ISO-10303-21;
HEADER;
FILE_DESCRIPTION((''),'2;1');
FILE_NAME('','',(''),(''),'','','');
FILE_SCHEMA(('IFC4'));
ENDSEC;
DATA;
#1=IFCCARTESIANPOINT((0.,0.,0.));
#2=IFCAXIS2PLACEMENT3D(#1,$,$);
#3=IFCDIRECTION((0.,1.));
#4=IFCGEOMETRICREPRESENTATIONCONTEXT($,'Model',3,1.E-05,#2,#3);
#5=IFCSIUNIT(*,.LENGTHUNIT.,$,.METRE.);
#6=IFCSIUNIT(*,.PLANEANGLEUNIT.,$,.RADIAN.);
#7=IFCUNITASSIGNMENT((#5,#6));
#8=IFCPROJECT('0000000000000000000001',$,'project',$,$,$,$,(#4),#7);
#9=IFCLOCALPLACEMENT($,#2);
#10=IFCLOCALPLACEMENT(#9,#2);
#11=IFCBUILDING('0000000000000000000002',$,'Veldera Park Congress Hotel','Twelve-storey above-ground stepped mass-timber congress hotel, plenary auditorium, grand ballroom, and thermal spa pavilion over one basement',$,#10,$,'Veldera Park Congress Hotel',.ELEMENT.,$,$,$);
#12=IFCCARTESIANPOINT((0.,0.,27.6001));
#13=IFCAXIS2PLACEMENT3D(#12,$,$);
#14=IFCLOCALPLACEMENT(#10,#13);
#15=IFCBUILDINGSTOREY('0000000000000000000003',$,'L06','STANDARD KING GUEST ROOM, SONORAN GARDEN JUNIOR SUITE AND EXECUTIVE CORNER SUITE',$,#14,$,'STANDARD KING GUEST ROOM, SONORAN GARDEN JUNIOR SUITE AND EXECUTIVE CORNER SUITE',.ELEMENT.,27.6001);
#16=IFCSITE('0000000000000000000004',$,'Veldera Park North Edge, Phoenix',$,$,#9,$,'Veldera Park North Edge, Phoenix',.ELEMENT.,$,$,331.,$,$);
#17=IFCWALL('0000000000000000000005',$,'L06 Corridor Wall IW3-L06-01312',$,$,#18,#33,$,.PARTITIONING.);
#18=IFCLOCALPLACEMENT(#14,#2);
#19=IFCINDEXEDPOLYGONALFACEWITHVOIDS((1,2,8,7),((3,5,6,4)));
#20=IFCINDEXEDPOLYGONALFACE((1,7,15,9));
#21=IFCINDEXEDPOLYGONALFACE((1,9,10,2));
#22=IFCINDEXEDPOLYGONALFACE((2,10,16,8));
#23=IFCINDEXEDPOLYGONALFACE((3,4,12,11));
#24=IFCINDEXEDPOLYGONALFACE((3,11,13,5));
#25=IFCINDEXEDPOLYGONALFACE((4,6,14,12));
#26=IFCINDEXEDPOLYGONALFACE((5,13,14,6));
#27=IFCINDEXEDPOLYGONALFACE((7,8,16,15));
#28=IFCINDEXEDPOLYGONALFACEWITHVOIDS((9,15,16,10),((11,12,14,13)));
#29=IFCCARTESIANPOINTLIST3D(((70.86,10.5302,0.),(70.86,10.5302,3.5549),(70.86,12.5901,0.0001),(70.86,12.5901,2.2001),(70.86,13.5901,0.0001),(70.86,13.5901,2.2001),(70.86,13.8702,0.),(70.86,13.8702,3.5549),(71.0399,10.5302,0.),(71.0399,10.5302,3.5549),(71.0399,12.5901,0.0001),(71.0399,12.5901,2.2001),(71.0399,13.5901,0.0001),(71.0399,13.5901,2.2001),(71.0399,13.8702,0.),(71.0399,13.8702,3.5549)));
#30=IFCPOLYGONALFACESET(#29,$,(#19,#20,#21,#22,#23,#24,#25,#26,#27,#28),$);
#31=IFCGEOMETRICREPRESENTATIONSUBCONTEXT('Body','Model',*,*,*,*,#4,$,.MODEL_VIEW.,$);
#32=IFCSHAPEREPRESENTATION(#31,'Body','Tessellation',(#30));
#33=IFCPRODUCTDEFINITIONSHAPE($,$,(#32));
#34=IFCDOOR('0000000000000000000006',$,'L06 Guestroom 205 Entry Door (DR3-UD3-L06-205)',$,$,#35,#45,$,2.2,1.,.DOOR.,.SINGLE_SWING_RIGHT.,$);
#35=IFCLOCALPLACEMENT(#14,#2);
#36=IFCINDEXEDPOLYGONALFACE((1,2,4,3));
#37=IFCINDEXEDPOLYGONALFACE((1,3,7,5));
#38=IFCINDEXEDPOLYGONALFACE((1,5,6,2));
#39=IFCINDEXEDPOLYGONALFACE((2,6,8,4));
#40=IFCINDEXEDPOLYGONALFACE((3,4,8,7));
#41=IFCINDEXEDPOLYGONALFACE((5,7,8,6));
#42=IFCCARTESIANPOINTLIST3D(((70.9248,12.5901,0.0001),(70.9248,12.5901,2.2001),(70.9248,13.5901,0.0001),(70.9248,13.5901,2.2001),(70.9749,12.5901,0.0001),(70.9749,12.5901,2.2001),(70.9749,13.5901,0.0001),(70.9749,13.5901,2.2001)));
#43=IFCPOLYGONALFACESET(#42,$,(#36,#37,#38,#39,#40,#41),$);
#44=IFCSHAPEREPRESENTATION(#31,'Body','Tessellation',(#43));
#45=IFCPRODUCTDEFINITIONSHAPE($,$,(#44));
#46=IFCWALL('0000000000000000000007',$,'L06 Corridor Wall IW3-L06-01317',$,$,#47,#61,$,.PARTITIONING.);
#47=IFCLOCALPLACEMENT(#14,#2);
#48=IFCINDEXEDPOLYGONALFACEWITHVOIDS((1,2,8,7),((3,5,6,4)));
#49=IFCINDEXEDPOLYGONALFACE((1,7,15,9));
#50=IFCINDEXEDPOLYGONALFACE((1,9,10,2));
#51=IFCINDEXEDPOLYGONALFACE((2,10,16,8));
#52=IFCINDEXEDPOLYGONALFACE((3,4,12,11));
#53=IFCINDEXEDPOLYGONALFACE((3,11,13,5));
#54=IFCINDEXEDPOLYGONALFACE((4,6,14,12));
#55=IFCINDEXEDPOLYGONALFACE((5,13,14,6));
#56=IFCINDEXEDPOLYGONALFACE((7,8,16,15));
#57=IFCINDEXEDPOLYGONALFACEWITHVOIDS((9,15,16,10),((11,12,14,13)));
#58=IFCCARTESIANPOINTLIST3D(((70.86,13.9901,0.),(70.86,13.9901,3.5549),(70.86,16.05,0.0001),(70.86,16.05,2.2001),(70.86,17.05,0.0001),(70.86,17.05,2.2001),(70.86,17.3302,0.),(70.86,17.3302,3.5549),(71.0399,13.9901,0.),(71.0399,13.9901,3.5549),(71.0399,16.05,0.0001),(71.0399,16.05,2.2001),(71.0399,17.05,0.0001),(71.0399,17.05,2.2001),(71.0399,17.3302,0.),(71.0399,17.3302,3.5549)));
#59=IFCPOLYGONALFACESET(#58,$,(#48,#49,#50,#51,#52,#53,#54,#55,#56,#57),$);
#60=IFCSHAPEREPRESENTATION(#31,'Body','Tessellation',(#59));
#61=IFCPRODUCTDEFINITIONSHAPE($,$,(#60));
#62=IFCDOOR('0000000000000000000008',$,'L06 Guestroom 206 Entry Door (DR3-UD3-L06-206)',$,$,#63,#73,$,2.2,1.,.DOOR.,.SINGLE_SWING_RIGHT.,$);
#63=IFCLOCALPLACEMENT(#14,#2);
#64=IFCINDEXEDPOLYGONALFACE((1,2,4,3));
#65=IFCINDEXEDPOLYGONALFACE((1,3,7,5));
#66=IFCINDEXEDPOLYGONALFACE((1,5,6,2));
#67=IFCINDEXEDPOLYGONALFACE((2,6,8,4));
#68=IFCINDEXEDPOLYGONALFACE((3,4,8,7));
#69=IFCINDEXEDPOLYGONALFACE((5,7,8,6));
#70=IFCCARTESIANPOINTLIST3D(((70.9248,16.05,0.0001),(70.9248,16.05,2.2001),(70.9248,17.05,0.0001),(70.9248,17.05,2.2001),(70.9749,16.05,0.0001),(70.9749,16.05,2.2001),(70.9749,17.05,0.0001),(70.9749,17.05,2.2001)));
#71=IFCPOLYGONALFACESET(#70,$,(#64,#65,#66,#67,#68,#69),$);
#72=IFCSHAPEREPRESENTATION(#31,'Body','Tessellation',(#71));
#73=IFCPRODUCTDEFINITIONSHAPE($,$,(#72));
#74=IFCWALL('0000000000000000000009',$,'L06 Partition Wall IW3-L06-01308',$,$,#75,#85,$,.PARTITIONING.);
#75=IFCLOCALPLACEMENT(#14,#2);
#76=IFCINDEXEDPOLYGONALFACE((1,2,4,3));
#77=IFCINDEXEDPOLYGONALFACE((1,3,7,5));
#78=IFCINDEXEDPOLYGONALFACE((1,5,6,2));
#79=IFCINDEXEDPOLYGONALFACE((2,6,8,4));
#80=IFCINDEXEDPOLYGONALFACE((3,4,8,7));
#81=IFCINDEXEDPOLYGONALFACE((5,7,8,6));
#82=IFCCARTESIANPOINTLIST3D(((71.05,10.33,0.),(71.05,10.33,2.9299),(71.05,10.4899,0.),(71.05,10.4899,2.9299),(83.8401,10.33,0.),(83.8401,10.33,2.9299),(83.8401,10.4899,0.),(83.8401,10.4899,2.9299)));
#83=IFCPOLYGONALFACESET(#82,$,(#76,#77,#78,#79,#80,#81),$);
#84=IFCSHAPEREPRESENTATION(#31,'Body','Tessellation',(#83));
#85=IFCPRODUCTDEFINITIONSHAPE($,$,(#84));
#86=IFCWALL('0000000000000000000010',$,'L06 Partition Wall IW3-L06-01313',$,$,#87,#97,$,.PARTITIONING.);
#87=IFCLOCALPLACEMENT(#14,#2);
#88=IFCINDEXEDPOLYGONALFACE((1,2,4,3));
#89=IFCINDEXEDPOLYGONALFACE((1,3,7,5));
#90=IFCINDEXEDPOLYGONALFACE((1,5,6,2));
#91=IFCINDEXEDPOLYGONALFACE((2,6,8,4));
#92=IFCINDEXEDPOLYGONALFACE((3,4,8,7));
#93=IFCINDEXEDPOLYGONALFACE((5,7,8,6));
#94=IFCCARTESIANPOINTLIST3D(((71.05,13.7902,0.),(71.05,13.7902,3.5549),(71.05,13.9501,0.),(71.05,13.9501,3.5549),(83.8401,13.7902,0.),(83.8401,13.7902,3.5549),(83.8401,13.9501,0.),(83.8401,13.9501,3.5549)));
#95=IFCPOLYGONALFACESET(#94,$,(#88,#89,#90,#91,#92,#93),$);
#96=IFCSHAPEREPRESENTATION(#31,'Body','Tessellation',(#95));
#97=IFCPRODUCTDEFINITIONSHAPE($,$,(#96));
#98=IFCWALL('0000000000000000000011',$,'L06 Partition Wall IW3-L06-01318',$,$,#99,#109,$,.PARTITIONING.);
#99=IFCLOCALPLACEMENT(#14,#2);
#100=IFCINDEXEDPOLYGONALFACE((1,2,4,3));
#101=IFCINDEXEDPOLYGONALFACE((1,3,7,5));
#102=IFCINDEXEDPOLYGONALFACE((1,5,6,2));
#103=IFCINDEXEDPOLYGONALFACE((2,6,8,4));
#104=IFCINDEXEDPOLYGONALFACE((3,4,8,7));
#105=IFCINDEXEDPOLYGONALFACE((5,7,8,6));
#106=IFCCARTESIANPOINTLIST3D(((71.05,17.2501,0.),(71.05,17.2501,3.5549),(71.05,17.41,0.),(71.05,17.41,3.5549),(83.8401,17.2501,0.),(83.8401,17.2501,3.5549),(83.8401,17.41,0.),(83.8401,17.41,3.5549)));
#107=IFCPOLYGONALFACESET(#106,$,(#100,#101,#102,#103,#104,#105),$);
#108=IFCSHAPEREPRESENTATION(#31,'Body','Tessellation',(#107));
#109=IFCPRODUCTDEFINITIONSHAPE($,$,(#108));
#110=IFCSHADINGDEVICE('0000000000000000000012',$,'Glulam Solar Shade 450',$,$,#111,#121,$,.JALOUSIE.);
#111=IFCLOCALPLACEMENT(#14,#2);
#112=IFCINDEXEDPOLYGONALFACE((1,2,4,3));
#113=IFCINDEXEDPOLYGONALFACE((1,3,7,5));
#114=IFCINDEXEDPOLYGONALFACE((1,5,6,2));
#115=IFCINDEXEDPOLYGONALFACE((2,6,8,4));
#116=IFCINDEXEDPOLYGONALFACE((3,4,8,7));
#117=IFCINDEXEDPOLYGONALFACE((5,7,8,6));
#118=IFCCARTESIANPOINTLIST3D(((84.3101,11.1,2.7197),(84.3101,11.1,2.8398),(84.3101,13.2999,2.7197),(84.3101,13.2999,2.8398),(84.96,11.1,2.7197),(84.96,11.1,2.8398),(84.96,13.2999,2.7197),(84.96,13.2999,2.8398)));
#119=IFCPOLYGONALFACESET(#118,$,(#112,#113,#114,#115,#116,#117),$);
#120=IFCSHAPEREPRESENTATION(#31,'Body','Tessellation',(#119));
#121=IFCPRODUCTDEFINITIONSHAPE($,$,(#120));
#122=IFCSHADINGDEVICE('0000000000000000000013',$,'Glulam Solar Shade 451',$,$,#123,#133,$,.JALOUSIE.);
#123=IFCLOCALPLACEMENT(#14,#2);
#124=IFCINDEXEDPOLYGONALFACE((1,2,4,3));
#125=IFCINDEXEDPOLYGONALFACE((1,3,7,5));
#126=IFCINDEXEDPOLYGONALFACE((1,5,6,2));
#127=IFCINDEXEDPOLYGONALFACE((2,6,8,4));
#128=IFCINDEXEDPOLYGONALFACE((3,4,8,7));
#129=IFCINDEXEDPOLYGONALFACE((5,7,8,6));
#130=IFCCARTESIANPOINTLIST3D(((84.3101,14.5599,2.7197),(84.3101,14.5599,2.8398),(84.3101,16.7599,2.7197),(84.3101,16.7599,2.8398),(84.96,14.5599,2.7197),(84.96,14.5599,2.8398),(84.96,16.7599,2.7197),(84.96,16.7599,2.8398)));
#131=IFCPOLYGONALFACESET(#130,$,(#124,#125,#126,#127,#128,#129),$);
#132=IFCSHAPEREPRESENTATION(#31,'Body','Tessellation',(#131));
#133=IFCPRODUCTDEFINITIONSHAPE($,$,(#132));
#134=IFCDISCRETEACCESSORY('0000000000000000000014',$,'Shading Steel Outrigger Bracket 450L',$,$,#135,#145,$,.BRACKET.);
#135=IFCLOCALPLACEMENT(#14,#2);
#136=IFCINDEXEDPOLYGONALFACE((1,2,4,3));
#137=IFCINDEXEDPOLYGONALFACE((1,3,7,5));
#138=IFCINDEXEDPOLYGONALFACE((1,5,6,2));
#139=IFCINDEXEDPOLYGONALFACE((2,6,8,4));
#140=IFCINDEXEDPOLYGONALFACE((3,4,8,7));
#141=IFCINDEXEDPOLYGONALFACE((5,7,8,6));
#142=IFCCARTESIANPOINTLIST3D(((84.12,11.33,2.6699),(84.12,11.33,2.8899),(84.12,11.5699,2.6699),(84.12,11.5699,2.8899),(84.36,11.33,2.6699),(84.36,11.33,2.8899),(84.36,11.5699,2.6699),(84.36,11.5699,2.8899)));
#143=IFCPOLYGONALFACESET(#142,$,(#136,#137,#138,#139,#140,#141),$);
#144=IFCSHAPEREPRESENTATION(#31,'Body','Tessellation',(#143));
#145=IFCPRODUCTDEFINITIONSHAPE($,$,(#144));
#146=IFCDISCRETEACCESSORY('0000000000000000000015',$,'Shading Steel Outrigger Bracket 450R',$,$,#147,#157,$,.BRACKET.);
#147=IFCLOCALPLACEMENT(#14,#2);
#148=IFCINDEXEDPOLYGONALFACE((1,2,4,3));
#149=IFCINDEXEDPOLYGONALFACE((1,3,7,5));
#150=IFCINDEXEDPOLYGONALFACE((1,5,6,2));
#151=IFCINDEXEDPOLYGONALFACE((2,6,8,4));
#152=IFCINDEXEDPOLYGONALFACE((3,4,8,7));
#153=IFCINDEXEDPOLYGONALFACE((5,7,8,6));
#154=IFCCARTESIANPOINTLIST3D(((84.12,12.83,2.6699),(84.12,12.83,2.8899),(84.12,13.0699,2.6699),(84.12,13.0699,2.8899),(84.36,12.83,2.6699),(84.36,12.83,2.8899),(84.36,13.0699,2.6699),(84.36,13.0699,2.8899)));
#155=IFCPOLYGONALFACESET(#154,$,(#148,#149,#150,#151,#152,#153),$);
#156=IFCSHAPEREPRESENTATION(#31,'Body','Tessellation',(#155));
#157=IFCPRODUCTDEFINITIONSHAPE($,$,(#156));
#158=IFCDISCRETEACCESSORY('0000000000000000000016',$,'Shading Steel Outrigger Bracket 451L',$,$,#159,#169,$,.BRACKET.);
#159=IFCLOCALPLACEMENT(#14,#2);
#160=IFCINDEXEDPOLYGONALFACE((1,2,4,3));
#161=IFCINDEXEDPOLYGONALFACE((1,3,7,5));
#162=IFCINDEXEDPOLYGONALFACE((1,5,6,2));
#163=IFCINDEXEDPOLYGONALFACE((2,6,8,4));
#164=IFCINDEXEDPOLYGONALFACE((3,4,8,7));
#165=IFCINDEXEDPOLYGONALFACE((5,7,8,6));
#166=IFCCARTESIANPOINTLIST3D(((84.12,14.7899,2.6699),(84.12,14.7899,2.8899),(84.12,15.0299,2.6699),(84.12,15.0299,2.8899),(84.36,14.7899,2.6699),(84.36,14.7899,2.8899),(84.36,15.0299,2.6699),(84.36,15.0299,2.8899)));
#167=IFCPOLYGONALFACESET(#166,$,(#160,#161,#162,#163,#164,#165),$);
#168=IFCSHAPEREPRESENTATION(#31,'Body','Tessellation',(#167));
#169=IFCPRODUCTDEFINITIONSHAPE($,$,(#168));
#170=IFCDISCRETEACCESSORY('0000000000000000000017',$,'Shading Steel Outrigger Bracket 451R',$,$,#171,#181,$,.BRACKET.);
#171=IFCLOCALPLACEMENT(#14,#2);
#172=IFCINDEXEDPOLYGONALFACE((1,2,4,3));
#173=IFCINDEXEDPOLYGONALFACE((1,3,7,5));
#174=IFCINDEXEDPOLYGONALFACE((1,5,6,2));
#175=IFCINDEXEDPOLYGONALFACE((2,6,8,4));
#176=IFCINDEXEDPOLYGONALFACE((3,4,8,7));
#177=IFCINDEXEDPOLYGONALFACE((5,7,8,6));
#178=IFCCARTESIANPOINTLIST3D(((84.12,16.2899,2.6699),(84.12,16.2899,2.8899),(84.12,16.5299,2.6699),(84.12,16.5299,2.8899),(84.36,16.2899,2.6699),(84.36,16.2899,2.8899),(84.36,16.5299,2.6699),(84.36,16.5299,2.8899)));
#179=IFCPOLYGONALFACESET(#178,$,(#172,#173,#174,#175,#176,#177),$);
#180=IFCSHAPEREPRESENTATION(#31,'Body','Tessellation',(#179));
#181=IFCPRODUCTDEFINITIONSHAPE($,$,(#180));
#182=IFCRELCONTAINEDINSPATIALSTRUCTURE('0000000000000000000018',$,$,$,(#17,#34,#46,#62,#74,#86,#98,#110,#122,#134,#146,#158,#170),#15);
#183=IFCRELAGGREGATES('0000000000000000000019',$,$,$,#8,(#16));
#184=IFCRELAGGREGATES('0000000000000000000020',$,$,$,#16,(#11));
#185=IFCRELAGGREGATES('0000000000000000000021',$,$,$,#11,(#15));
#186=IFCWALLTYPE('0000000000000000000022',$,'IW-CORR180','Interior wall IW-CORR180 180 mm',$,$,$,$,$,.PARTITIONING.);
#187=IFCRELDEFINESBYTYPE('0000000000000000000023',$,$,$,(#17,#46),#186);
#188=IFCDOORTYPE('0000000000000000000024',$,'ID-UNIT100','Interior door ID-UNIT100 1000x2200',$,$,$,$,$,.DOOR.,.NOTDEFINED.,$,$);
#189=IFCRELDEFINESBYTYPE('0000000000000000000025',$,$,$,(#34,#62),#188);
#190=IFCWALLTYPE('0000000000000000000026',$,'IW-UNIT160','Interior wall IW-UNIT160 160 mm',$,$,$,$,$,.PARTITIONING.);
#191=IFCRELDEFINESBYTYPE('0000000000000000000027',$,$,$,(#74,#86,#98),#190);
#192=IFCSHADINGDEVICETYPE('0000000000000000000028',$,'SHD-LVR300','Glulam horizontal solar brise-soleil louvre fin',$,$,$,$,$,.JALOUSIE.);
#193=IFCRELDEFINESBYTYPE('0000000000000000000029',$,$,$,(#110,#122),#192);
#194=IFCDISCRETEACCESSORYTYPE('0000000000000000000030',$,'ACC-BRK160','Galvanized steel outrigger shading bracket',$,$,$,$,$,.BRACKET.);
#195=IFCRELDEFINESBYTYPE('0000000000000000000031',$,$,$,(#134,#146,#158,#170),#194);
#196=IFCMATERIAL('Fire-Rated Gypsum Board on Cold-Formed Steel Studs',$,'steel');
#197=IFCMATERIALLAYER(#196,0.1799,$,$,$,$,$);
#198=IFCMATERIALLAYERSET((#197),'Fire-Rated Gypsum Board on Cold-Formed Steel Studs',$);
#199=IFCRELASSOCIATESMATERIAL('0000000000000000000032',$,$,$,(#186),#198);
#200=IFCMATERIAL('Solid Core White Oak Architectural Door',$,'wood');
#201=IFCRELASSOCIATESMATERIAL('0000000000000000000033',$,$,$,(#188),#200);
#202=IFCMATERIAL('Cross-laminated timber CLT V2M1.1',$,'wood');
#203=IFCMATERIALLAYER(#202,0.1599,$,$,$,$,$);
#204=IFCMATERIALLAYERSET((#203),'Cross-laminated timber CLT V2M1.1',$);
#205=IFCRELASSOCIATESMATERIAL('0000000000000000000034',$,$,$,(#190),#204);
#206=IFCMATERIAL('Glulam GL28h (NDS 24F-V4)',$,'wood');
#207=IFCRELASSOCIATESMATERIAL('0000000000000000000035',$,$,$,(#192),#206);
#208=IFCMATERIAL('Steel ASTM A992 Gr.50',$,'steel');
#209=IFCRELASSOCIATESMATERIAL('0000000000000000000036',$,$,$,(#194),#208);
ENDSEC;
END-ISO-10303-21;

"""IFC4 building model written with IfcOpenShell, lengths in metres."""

from ifc_helpers import new_model, si_unit, direction, frame, frame_2d, origin, origin_2d, place, context, subcontext, project, spatial, rectangle, extrude, material, layer, layer_set, type_object, element, fill, save


model = new_model("IFC4")

# Units and contexts
model_context = context("Model", 3, precision=1e-05, world=origin(), true_north=direction((0.0, 1.0)))
body_context = subcontext(model_context, "Body", "Model", "MODEL_VIEW")
ifc_project = project(units=[si_unit("LENGTHUNIT", "METRE"), si_unit("PLANEANGLEUNIT", "RADIAN")], contexts=[model_context])

# Site, building, storey
site_placement = place(None, origin())
site = spatial("IfcSite", under=ifc_project, at=site_placement, Name="Veldera Park North Edge, Phoenix", LongName="Veldera Park North Edge, Phoenix", CompositionType="ELEMENT", RefElevation=331.0)
building_placement = place(site_placement, origin())
building = spatial("IfcBuilding", under=site, at=building_placement, Name="Veldera Park Congress Hotel", Description="Twelve-storey above-ground stepped mass-timber congress hotel, plenary auditorium, grand ballroom, and thermal spa pavilion over one basement", LongName="Veldera Park Congress Hotel", CompositionType="ELEMENT")
storey_placement = place(building_placement, frame((0.0, 0.0, 27.6001)))
storey = spatial("IfcBuildingStorey", under=building, at=storey_placement, Name="L06", Description="STANDARD KING GUEST ROOM, SONORAN GARDEN JUNIOR SUITE AND EXECUTIVE CORNER SUITE", LongName="STANDARD KING GUEST ROOM, SONORAN GARDEN JUNIOR SUITE AND EXECUTIVE CORNER SUITE", CompositionType="ELEMENT", Elevation=27.6001)

# Shared definitions
ifc_material_1 = material(Name="Glulam GL28h (NDS 24F-V4)", Category="wood")

# Shared definitions
ifc_material_2 = material(Name="Cross-laminated timber CLT V2M1.1", Category="wood")

# Shared definitions
ifc_material_3 = material(Name="Fire-Rated Gypsum Board on Cold-Formed Steel Studs", Category="steel")

# Shared definitions
ifc_material_4 = material(Name="Solid Core White Oak Architectural Door", Category="wood")

# Walls, openings, doors
ifc_layer_1 = layer(ifc_material_3, 0.1799)
ifc_layer_set_1 = layer_set([ifc_layer_1], Name="Fire-Rated Gypsum Board on Cold-Formed Steel Studs")
wall_type_1 = type_object("IfcWallType", Name="IW-CORR180", Description="Interior wall IW-CORR180 180 mm", PredefinedType="PARTITIONING", material=ifc_layer_set_1)
door_type_1 = type_object("IfcDoorType", Name="ID-UNIT100", Description="Interior door ID-UNIT100 1000x2200", OperationType="NOTDEFINED", PredefinedType="DOOR", material=ifc_material_4)
wall_1_placement = place(storey_placement, frame((70.95, 13.8701, 0.0), z_axis=(0.0, 0.0, 1.0), x_axis=(0.0, -1.0, 0.0)))
wall_1 = element("IfcWall", 1, at=wall_1_placement, inside=storey, type_object=wall_type_1, Name="L06 Corridor Wall IW3-L06-01312", PredefinedType="PARTITIONING", context=body_context, shape_type="SweptSolid", body=[
    extrude(rectangle(XDim=3.3401, YDim=0.1799, at=frame_2d((1.6699, 0.0))), origin(), (0.0, 0.0, 1.0), 3.5549),
])
opening_1_placement = place(wall_1_placement, frame((0.28, 0.0, 0.0)))
opening_1 = element("IfcOpeningElement", 2, at=opening_1_placement, cuts=wall_1, PredefinedType="OPENING", context=body_context, shape_type="SweptSolid", body=[
    extrude(rectangle(XDim=1.0, YDim=2.2, at=frame_2d((0.5, 1.1001))), frame((0.0, 0.1021, 0.0), z_axis=(0.0, -1.0, 0.0), x_axis=(1.0, 0.0, 0.0)), (0.0, 0.0, 1.0), 0.2039),
])
door_1_placement = place(opening_1_placement, origin())
door_1 = element("IfcDoor", 3, at=door_1_placement, inside=storey, type_object=door_type_1, Name="L06 Guestroom 205 Entry Door (DR3-UD3-L06-205)", OperationType="SINGLE_SWING_RIGHT", OverallHeight=2.2, OverallWidth=1.0, PredefinedType="DOOR", context=body_context, shape_type="SweptSolid", body=[
    extrude(rectangle(XDim=1.0, YDim=2.2, at=frame_2d((0.5, 1.1001))), frame((0.0, 0.0249, 0.0), z_axis=(0.0, -1.0, 0.0), x_axis=(1.0, 0.0, 0.0)), (0.0, 0.0, 1.0), 0.05),
])
fill(opening_1, door_1)
wall_2_placement = place(storey_placement, frame((70.95, 17.3301, 0.0), z_axis=(0.0, 0.0, 1.0), x_axis=(0.0, -1.0, 0.0)))
wall_2 = element("IfcWall", 4, at=wall_2_placement, inside=storey, type_object=wall_type_1, Name="L06 Corridor Wall IW3-L06-01317", PredefinedType="PARTITIONING", context=body_context, shape_type="SweptSolid", body=[
    extrude(rectangle(XDim=3.3401, YDim=0.1799, at=frame_2d((1.6699, 0.0))), origin(), (0.0, 0.0, 1.0), 3.5549),
])
opening_2_placement = place(wall_2_placement, frame((0.28, 0.0, 0.0)))
opening_2 = element("IfcOpeningElement", 5, at=opening_2_placement, cuts=wall_2, PredefinedType="OPENING", context=body_context, shape_type="SweptSolid", body=[
    extrude(rectangle(XDim=1.0, YDim=2.2, at=frame_2d((0.5, 1.1001))), frame((0.0, 0.1021, 0.0), z_axis=(0.0, -1.0, 0.0), x_axis=(1.0, 0.0, 0.0)), (0.0, 0.0, 1.0), 0.2039),
])
door_2_placement = place(opening_2_placement, origin())
door_2 = element("IfcDoor", 6, at=door_2_placement, inside=storey, type_object=door_type_1, Name="L06 Guestroom 206 Entry Door (DR3-UD3-L06-206)", OperationType="SINGLE_SWING_RIGHT", OverallHeight=2.2, OverallWidth=1.0, PredefinedType="DOOR", context=body_context, shape_type="SweptSolid", body=[
    extrude(rectangle(XDim=1.0, YDim=2.2, at=frame_2d((0.5, 1.1001))), frame((0.0, 0.0249, 0.0), z_axis=(0.0, -1.0, 0.0), x_axis=(1.0, 0.0, 0.0)), (0.0, 0.0, 1.0), 0.05),
])
fill(opening_2, door_2)

# Walls
ifc_layer_2 = layer(ifc_material_2, 0.1599)
ifc_layer_set_2 = layer_set([ifc_layer_2], Name="Cross-laminated timber CLT V2M1.1")
wall_type_2 = type_object("IfcWallType", Name="IW-UNIT160", Description="Interior wall IW-UNIT160 160 mm", PredefinedType="PARTITIONING", material=ifc_layer_set_2)
wall_3_placement = place(storey_placement, frame((71.05, 10.4099, 0.0), z_axis=(0.0, 0.0, 1.0), x_axis=(1.0, 0.0, 0.0)))
element("IfcWall", 7, at=wall_3_placement, inside=storey, type_object=wall_type_2, Name="L06 Partition Wall IW3-L06-01308", PredefinedType="PARTITIONING", context=body_context, shape_type="SweptSolid", body=[
    extrude(rectangle(XDim=12.79, YDim=0.1599, at=frame_2d((6.395, 0.0))), origin(), (0.0, 0.0, 1.0), 2.9299),
])
for number, where, z_axis, x_axis, name in (
    (8, (71.05, 13.8701, 0.0), (0.0, 0.0, 1.0), (1.0, 0.0, 0.0), "L06 Partition Wall IW3-L06-01313"),
    (9, (71.05, 17.3301, 0.0), (0.0, 0.0, 1.0), (1.0, 0.0, 0.0), "L06 Partition Wall IW3-L06-01318"),
):
    element("IfcWall", number, at=place(storey_placement, frame(where, z_axis=z_axis, x_axis=x_axis)), inside=storey, type_object=wall_type_2, Name=name, PredefinedType="PARTITIONING", context=body_context, shape_type="SweptSolid", body=[
        extrude(rectangle(XDim=12.79, YDim=0.1599, at=frame_2d((6.395, 0.0))), origin(), (0.0, 0.0, 1.0), 3.5549),
    ])

# Shading devices
shading_device_type = type_object("IfcShadingDeviceType", Name="SHD-LVR300", Description="Glulam horizontal solar brise-soleil louvre fin", PredefinedType="JALOUSIE", material=ifc_material_1)
for number, where, z_axis, x_axis, name in (
    (10, (84.635, 12.2, 2.7197), (0.0, 0.0, 1.0), (0.0, 1.0, 0.0), "Glulam Solar Shade 450"),
    (11, (84.635, 15.6599, 2.7197), (0.0, 0.0, 1.0), (0.0, 1.0, 0.0), "Glulam Solar Shade 451"),
):
    element("IfcShadingDevice", number, at=place(storey_placement, frame(where, z_axis=z_axis, x_axis=x_axis)), inside=storey, type_object=shading_device_type, Name=name, PredefinedType="JALOUSIE", context=body_context, shape_type="SweptSolid", body=[
        extrude(rectangle(XDim=2.2, YDim=0.6499, at=origin_2d()), origin(), (0.0, 0.0, 1.0), 0.1201),
    ])

# Discrete accessories
ifc_material_5 = material(Name="Steel ASTM A992 Gr.50", Category="steel")
discrete_accessory_type = type_object("IfcDiscreteAccessoryType", Name="ACC-BRK160", Description="Galvanized steel outrigger shading bracket", PredefinedType="BRACKET", material=ifc_material_5)
for number, where, z_axis, x_axis, name in (
    (12, (84.24, 11.45, 2.6699), (0.0, 0.0, 1.0), (0.0, 1.0, 0.0), "Shading Steel Outrigger Bracket 450L"),
    (13, (84.24, 12.95, 2.6699), (0.0, 0.0, 1.0), (0.0, 1.0, 0.0), "Shading Steel Outrigger Bracket 450R"),
    (14, (84.24, 14.9099, 2.6699), (0.0, 0.0, 1.0), (0.0, 1.0, 0.0), "Shading Steel Outrigger Bracket 451L"),
    (15, (84.24, 16.4099, 2.6699), (0.0, 0.0, 1.0), (0.0, 1.0, 0.0), "Shading Steel Outrigger Bracket 451R"),
):
    element("IfcDiscreteAccessory", number, at=place(storey_placement, frame(where, z_axis=z_axis, x_axis=x_axis)), inside=storey, type_object=discrete_accessory_type, Name=name, PredefinedType="BRACKET", context=body_context, shape_type="SweptSolid", body=[
        extrude(rectangle(XDim=0.24, YDim=0.24, at=origin_2d()), origin(), (0.0, 0.0, 1.0), 0.22),
    ])

save(model, "model.ifc")
